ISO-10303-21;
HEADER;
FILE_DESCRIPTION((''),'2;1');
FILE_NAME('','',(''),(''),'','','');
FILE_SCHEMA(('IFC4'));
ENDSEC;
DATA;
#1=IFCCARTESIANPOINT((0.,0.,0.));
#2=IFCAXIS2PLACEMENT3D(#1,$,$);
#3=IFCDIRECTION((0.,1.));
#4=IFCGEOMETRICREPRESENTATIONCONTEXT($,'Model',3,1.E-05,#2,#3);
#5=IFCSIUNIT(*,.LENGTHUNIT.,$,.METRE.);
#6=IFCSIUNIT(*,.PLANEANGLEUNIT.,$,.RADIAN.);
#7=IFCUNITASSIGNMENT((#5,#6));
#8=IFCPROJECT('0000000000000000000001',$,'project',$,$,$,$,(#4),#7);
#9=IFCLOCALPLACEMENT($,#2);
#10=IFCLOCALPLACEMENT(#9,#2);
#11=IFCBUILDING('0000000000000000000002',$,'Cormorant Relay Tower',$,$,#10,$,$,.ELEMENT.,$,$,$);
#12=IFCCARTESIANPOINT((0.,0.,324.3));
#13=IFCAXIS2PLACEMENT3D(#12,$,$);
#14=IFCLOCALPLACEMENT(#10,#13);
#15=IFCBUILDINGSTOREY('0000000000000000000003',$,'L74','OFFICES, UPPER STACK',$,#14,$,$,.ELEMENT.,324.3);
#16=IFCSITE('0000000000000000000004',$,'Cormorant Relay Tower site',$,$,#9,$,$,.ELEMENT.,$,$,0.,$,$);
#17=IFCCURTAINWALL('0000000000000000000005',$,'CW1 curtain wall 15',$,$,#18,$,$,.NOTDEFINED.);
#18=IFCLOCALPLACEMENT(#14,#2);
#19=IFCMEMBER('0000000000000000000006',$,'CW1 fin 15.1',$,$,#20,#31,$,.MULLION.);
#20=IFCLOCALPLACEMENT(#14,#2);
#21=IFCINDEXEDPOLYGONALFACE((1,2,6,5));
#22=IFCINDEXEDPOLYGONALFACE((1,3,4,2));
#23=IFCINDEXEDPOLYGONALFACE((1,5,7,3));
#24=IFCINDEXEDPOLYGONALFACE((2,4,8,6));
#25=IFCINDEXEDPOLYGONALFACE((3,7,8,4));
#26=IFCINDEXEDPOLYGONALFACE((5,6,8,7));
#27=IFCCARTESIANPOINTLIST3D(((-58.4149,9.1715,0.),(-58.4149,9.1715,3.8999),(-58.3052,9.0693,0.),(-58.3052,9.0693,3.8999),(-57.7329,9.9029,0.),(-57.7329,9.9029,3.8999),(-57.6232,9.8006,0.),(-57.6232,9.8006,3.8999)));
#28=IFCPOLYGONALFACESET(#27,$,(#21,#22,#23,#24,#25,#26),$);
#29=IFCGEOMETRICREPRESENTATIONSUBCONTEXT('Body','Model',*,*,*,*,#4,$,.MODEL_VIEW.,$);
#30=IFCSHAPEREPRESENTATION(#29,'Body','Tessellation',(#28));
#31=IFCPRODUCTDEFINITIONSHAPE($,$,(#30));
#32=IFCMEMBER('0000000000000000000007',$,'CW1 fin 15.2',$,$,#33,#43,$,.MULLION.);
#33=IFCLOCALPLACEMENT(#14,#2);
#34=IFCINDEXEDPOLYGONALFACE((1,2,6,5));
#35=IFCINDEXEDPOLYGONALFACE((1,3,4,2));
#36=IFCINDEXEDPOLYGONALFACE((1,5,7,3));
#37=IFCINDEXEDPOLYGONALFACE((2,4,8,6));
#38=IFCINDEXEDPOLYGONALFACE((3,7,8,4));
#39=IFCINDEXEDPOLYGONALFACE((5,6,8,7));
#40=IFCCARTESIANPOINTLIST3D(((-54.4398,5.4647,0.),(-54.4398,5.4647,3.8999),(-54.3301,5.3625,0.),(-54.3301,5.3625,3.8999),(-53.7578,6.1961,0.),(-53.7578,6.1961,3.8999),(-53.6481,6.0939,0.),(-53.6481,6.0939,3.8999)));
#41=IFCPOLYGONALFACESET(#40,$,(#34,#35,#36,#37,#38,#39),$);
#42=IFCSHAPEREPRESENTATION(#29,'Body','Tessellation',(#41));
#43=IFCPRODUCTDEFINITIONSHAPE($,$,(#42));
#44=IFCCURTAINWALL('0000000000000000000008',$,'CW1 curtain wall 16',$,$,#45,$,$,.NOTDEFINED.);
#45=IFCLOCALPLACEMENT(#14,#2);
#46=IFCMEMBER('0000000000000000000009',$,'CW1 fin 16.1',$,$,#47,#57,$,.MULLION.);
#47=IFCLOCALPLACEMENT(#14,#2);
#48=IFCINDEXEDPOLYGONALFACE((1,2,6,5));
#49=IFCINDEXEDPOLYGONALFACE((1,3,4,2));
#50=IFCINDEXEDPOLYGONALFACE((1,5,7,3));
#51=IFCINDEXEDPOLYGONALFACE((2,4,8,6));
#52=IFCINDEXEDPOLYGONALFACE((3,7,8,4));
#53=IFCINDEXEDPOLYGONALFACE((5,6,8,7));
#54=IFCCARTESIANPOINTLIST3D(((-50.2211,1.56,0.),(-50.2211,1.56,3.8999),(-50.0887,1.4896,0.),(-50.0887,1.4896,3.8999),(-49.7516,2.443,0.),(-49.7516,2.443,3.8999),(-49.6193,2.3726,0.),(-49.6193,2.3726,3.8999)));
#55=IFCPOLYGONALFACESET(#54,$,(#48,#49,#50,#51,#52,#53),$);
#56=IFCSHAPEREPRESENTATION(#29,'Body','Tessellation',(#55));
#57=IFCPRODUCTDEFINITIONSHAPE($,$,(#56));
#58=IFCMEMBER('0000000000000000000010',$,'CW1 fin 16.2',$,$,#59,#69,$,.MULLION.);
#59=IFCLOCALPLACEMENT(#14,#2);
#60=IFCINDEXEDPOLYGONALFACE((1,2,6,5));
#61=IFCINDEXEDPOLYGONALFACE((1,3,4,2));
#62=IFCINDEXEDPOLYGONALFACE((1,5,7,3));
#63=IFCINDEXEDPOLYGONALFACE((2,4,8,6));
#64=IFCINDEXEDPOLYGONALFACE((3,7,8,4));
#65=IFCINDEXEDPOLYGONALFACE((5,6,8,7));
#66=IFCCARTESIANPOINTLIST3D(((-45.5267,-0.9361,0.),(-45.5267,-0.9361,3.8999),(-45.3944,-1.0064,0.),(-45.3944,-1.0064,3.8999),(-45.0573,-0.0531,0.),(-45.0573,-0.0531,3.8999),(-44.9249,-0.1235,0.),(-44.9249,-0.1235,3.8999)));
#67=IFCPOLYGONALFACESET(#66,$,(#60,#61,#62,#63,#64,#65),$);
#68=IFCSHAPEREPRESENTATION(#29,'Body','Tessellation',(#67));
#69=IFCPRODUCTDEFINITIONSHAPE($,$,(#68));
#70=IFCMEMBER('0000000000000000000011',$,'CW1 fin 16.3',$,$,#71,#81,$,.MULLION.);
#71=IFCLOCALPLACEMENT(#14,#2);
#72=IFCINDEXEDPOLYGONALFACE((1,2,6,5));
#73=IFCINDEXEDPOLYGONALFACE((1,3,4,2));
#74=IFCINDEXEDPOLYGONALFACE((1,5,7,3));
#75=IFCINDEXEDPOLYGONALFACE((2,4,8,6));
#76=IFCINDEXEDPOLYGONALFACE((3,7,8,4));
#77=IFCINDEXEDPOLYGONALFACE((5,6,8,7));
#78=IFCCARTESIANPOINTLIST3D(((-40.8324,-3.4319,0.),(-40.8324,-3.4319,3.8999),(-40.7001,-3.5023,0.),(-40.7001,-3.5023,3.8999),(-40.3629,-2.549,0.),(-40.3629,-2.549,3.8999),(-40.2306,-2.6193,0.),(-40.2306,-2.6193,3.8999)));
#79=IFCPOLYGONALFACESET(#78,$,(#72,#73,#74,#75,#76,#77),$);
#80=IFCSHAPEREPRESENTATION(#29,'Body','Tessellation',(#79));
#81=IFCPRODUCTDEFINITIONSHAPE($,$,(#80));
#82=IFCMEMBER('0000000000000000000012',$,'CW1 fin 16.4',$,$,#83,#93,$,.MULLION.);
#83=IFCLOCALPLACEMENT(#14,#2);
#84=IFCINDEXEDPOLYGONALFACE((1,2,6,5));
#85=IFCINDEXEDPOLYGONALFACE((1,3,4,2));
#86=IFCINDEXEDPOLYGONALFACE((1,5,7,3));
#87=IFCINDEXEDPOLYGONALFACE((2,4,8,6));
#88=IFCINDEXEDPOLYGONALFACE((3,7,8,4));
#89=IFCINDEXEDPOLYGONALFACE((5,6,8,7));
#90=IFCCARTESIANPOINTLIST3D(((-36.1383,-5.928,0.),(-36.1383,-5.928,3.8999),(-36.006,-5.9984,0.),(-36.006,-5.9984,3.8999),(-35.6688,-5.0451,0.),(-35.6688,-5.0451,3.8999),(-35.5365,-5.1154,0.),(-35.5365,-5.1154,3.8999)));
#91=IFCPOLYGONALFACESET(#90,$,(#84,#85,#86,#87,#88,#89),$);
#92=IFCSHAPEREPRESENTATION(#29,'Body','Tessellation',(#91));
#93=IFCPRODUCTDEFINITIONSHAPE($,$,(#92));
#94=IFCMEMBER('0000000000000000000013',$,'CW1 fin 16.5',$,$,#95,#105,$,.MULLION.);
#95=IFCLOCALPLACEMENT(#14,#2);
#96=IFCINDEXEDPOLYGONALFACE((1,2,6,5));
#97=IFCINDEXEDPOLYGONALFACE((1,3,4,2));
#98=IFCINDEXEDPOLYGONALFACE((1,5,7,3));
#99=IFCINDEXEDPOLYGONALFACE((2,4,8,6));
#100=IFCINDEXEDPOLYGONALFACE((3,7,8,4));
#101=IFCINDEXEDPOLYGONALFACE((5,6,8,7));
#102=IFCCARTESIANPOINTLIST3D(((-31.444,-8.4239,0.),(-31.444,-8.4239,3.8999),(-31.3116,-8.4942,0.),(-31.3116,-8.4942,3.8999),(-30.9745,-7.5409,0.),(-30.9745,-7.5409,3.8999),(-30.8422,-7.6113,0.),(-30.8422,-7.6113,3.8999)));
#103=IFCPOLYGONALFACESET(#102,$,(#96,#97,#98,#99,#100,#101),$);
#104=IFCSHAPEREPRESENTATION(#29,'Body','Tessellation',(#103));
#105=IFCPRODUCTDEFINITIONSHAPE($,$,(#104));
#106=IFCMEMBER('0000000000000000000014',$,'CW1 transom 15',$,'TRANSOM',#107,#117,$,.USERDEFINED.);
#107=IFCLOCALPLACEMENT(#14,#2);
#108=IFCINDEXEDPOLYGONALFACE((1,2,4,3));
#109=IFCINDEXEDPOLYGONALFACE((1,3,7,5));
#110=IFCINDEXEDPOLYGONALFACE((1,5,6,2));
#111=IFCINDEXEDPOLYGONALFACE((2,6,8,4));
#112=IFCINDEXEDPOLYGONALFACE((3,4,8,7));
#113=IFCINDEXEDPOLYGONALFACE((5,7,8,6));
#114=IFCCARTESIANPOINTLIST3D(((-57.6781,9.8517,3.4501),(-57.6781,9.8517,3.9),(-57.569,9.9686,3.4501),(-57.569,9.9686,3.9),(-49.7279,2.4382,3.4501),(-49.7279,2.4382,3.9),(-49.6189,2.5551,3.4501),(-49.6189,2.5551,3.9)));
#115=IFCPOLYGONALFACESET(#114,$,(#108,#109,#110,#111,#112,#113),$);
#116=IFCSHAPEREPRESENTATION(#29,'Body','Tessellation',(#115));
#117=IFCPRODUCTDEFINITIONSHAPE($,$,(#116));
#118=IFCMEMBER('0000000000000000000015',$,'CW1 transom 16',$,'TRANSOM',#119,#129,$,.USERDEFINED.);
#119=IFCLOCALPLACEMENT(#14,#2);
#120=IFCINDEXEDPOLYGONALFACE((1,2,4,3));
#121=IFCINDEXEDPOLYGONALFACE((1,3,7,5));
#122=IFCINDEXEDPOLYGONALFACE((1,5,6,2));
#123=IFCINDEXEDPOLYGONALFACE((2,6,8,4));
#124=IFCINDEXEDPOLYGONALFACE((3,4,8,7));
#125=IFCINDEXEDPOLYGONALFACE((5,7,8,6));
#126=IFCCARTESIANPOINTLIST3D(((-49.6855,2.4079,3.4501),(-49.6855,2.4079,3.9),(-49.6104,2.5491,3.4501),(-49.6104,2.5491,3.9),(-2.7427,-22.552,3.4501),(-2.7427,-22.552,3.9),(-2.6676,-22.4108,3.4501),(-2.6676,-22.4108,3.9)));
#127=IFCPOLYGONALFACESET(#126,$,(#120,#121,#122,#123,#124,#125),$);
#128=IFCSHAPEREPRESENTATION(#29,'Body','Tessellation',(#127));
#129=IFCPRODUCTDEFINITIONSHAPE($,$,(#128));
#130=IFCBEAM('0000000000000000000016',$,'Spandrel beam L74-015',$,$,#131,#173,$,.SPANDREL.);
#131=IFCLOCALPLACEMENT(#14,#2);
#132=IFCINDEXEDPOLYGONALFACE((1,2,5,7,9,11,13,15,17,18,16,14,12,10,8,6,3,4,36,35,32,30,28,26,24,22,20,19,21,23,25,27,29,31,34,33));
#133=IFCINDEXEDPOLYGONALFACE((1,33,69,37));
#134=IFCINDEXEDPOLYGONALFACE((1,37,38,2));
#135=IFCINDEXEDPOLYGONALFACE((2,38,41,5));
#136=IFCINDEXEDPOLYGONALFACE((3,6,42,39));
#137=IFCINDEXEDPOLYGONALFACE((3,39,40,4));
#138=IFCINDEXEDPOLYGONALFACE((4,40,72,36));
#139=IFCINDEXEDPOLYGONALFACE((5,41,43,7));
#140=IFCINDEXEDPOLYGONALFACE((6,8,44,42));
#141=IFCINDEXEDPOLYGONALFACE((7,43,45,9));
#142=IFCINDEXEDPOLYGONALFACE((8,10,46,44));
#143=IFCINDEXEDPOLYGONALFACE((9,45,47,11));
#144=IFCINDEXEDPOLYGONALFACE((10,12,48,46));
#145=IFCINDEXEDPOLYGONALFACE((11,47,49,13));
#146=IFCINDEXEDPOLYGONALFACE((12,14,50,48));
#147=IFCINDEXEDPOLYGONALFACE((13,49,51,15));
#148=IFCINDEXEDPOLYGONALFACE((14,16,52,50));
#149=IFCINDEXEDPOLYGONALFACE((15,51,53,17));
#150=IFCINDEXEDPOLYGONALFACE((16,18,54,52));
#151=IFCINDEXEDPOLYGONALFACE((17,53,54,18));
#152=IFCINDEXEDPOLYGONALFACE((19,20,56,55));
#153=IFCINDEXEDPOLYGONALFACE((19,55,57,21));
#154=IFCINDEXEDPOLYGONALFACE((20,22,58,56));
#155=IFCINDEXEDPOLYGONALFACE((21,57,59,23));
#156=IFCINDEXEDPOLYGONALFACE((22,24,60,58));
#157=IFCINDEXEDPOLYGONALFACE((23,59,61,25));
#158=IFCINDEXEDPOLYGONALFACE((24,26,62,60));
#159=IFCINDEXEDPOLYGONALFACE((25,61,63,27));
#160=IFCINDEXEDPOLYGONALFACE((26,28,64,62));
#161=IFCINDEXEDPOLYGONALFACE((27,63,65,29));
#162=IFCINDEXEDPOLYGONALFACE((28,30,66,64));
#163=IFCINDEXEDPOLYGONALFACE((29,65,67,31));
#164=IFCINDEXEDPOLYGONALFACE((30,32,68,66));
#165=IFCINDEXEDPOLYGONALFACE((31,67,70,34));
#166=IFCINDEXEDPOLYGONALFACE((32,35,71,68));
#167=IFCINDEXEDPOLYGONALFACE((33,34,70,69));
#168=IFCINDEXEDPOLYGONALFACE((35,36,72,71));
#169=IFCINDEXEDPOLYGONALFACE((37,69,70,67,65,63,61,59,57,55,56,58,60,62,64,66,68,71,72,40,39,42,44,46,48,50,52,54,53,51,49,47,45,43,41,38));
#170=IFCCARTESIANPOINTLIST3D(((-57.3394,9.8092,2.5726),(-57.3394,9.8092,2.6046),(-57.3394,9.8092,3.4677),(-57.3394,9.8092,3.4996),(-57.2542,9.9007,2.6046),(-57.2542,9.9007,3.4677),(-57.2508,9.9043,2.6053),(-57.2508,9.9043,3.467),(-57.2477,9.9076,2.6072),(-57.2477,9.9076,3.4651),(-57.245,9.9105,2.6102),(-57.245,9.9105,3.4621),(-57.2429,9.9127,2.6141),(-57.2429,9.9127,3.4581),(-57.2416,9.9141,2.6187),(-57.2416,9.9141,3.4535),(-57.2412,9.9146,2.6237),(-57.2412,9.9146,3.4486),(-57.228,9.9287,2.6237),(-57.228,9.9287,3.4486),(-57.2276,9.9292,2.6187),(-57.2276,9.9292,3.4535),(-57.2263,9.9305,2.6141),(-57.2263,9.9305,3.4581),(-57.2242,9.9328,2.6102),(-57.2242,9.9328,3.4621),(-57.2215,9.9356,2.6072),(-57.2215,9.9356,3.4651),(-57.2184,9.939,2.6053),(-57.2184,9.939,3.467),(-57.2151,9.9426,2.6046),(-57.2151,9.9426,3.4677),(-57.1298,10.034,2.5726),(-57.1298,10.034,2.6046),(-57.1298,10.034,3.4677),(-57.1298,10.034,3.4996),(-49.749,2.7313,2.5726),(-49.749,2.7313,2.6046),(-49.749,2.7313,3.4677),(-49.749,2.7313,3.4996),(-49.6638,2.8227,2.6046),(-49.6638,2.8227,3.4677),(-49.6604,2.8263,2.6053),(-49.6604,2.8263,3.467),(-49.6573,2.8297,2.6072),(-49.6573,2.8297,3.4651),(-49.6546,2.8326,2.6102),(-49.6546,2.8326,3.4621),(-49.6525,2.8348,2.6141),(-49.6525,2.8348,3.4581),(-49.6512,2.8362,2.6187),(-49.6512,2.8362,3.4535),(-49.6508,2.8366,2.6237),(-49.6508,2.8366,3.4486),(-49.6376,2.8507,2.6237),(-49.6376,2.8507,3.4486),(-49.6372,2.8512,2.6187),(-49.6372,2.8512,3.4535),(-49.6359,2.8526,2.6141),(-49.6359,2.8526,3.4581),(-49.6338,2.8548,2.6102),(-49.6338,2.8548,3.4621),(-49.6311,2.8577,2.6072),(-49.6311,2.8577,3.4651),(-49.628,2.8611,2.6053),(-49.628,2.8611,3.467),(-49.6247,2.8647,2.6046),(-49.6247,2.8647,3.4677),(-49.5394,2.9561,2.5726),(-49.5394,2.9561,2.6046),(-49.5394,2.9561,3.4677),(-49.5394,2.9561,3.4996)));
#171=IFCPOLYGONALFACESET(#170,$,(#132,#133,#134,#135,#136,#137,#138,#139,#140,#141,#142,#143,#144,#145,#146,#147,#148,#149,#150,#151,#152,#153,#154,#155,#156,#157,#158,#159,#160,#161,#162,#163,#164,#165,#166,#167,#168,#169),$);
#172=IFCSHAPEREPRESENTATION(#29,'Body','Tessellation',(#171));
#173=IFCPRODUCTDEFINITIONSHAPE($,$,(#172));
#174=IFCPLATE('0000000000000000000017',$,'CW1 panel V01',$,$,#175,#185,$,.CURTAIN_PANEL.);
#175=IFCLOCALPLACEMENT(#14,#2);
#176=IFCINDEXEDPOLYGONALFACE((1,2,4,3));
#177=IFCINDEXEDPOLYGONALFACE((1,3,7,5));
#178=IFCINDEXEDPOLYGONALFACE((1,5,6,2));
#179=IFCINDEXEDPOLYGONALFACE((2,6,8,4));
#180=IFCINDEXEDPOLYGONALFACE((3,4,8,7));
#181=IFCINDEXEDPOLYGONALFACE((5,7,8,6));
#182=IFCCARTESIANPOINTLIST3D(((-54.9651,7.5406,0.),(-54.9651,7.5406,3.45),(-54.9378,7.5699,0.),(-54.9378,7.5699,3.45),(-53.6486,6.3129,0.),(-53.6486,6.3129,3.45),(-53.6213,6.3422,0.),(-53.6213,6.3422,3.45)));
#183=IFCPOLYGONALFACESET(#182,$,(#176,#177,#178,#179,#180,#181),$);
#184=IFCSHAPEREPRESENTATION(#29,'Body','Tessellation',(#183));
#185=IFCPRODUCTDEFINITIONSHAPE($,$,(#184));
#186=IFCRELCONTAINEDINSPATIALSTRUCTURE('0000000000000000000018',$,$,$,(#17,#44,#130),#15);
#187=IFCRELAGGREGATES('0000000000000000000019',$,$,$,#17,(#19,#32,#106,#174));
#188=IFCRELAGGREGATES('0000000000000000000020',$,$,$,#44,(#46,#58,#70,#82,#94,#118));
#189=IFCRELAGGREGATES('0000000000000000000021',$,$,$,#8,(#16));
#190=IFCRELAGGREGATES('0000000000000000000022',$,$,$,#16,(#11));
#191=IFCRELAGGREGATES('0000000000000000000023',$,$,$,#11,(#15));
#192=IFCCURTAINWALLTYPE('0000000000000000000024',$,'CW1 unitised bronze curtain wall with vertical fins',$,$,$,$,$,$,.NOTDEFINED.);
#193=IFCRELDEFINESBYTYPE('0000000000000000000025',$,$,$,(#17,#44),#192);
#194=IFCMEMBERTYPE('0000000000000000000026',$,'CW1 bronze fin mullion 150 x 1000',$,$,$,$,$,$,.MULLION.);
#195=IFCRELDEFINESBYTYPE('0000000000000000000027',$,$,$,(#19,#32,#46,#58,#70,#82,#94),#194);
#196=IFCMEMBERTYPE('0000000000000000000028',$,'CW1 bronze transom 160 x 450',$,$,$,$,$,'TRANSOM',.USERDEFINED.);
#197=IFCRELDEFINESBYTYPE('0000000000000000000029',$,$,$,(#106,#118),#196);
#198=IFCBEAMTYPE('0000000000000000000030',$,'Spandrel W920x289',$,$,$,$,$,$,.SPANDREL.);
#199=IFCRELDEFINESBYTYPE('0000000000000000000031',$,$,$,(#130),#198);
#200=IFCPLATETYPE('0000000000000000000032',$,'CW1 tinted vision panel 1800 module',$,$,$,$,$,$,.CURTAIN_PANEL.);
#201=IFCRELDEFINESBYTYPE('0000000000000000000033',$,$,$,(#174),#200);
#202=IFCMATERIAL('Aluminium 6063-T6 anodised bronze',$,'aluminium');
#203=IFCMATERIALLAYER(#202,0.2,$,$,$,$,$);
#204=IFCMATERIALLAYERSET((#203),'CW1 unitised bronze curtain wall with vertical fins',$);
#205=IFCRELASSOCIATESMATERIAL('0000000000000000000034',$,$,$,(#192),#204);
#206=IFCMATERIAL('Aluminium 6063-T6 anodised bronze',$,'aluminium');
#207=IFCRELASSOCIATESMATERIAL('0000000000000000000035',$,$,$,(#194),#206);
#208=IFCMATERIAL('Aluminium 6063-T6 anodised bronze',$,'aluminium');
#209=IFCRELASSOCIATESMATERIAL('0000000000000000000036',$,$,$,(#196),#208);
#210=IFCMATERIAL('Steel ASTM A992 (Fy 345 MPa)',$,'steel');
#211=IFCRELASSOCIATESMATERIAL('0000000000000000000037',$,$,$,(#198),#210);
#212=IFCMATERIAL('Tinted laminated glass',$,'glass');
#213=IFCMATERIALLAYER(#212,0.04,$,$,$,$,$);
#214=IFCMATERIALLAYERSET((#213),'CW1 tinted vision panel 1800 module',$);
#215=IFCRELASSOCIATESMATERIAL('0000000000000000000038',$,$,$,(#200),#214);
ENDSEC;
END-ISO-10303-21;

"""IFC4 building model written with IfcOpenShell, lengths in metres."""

from ifc_helpers import new_model, si_unit, direction, frame, origin, origin_2d, place, context, subcontext, project, spatial, rectangle, i_section, extrude, material, layer, layer_set, material_profile, profile_set, type_object, element, aggregate, save


model = new_model("IFC4")

# Units and contexts
model_context = context("Model", 3, precision=1e-05, world=origin(), true_north=direction((0.0, 1.0)))
body_context = subcontext(model_context, "Body", "Model", "MODEL_VIEW")
ifc_project = project(units=[si_unit("LENGTHUNIT", "METRE"), si_unit("PLANEANGLEUNIT", "RADIAN")], contexts=[model_context])

# Site, building, storey
site_placement = place(None, origin())
site = spatial("IfcSite", under=ifc_project, at=site_placement, Name="Cormorant Relay Tower site", CompositionType="ELEMENT", RefElevation=0.0)
building_placement = place(site_placement, origin())
building = spatial("IfcBuilding", under=site, at=building_placement, Name="Cormorant Relay Tower", CompositionType="ELEMENT")
storey_placement = place(building_placement, frame((0.0, 0.0, 324.3)))
storey = spatial("IfcBuildingStorey", under=building, at=storey_placement, Name="L74", Description="OFFICES, UPPER STACK", CompositionType="ELEMENT", Elevation=324.3)

# Curtain walls, members
ifc_material_1 = material(Name="Aluminium 6063-T6 anodised bronze", Category="aluminium")
ifc_layer_1 = layer(ifc_material_1, 0.2)
ifc_layer_set_1 = layer_set([ifc_layer_1], Name="CW1 unitised bronze curtain wall with vertical fins")
curtain_wall_type = type_object("IfcCurtainWallType", Name="CW1 unitised bronze curtain wall with vertical fins", PredefinedType="NOTDEFINED", material=ifc_layer_set_1)
curtain_wall_1_placement = place(storey_placement, origin())
curtain_wall_1 = element("IfcCurtainWall", 1, at=curtain_wall_1_placement, inside=storey, type_object=curtain_wall_type, Name="CW1 curtain wall 15", PredefinedType="NOTDEFINED")
ifc_material_2 = material(Name="Aluminium 6063-T6 anodised bronze", Category="aluminium")
ifc_material_profile_1 = material_profile(ifc_material_2, rectangle(XDim=0.1499, YDim=1.0, at=origin_2d()), Name="AL 150x1000")
ifc_profile_set_1 = profile_set([ifc_material_profile_1], Name="Aluminium 6063-T6 anodised bronze")
member_type_1 = type_object("IfcMemberType", Name="CW1 bronze fin mullion 150 x 1000", PredefinedType="MULLION", material=ifc_profile_set_1)
member_1_placement = place(storey_placement, frame((-58.019, 9.4861, 0.0), z_axis=(0.0, 0.0, 1.0), x_axis=(0.731354, -0.681998, 0.0)))
member_1 = element("IfcMember", 2, at=member_1_placement, type_object=member_type_1, Name="CW1 fin 15.1", PredefinedType="MULLION", context=body_context, shape_type="SweptSolid", body=[
    extrude(rectangle(XDim=0.1499, YDim=1.0, at=origin_2d()), origin(), (0.0, 0.0, 1.0), 3.8999),
])
member_2_placement = place(storey_placement, frame((-54.0439, 5.7793, 0.0), z_axis=(0.0, 0.0, 1.0), x_axis=(0.731354, -0.681998, 0.0)))
member_2 = element("IfcMember", 3, at=member_2_placement, type_object=member_type_1, Name="CW1 fin 15.2", PredefinedType="MULLION", context=body_context, shape_type="SweptSolid", body=[
    extrude(rectangle(XDim=0.1499, YDim=1.0, at=origin_2d()), origin(), (0.0, 0.0, 1.0), 3.8999),
])
curtain_wall_2_placement = place(storey_placement, origin())
curtain_wall_2 = element("IfcCurtainWall", 4, at=curtain_wall_2_placement, inside=storey, type_object=curtain_wall_type, Name="CW1 curtain wall 16", PredefinedType="NOTDEFINED")
member_3_placement = place(storey_placement, frame((-49.9202, 1.9663, 0.0), z_axis=(0.0, 0.0, 1.0), x_axis=(0.882948, -0.469472, 0.0)))
member_3 = element("IfcMember", 5, at=member_3_placement, type_object=member_type_1, Name="CW1 fin 16.1", PredefinedType="MULLION", context=body_context, shape_type="SweptSolid", body=[
    extrude(rectangle(XDim=0.1499, YDim=1.0, at=origin_2d()), origin(), (0.0, 0.0, 1.0), 3.8999),
])
member_4_placement = place(storey_placement, frame((-45.2258, -0.5298, 0.0), z_axis=(0.0, 0.0, 1.0), x_axis=(0.882948, -0.469472, 0.0)))
member_4 = element("IfcMember", 6, at=member_4_placement, type_object=member_type_1, Name="CW1 fin 16.2", PredefinedType="MULLION", context=body_context, shape_type="SweptSolid", body=[
    extrude(rectangle(XDim=0.1499, YDim=1.0, at=origin_2d()), origin(), (0.0, 0.0, 1.0), 3.8999),
])
member_5_placement = place(storey_placement, frame((-40.5315, -3.0256, 0.0), z_axis=(0.0, 0.0, 1.0), x_axis=(0.882948, -0.469472, 0.0)))
member_5 = element("IfcMember", 7, at=member_5_placement, type_object=member_type_1, Name="CW1 fin 16.3", PredefinedType="MULLION", context=body_context, shape_type="SweptSolid", body=[
    extrude(rectangle(XDim=0.1499, YDim=1.0, at=origin_2d()), origin(), (0.0, 0.0, 1.0), 3.8999),
])
member_6_placement = place(storey_placement, frame((-35.8374, -5.5217, 0.0), z_axis=(0.0, 0.0, 1.0), x_axis=(0.882948, -0.469472, 0.0)))
member_6 = element("IfcMember", 8, at=member_6_placement, type_object=member_type_1, Name="CW1 fin 16.4", PredefinedType="MULLION", context=body_context, shape_type="SweptSolid", body=[
    extrude(rectangle(XDim=0.1499, YDim=1.0, at=origin_2d()), origin(), (0.0, 0.0, 1.0), 3.8999),
])
member_7_placement = place(storey_placement, frame((-31.1431, -8.0176, 0.0), z_axis=(0.0, 0.0, 1.0), x_axis=(0.882948, -0.469472, 0.0)))
member_7 = element("IfcMember", 9, at=member_7_placement, type_object=member_type_1, Name="CW1 fin 16.5", PredefinedType="MULLION", context=body_context, shape_type="SweptSolid", body=[
    extrude(rectangle(XDim=0.1499, YDim=1.0, at=origin_2d()), origin(), (0.0, 0.0, 1.0), 3.8999),
])

# Members
ifc_material_3 = material(Name="Aluminium 6063-T6 anodised bronze", Category="aluminium")
ifc_material_profile_2 = material_profile(ifc_material_3, rectangle(XDim=0.1599, YDim=0.45, at=origin_2d()), Name="AL 160x450")
ifc_profile_set_2 = profile_set([ifc_material_profile_2], Name="Aluminium 6063-T6 anodised bronze")
member_type_2 = type_object("IfcMemberType", Name="CW1 bronze transom 160 x 450", ElementType="TRANSOM", PredefinedType="USERDEFINED", material=ifc_profile_set_2)
member_8_placement = place(storey_placement, frame((-57.6235, 9.9102, 3.675), z_axis=(0.731358, -0.681993, 0.0), x_axis=(0.681993, 0.731358, 0.0)))
member_8 = element("IfcMember", 10, at=member_8_placement, type_object=member_type_2, Name="CW1 transom 15", ObjectType="TRANSOM", PredefinedType="USERDEFINED", context=body_context, shape_type="SweptSolid", body=[
    extrude(rectangle(XDim=0.1599, YDim=0.45, at=origin_2d()), origin(), (0.0, 0.0, 1.0), 10.8704),
])
member_9_placement = place(storey_placement, frame((-49.6479, 2.4785, 3.675), z_axis=(0.882948, -0.469471, 0.0), x_axis=(0.469471, 0.882948, 0.0)))
member_9 = element("IfcMember", 11, at=member_9_placement, type_object=member_type_2, Name="CW1 transom 16", ObjectType="TRANSOM", PredefinedType="USERDEFINED", context=body_context, shape_type="SweptSolid", body=[
    extrude(rectangle(XDim=0.1599, YDim=0.45, at=origin_2d()), origin(), (0.0, 0.0, 1.0), 53.166),
])

# Beam
ifc_material_4 = material(Name="Steel ASTM A992 (Fy 345 MPa)", Category="steel")
ifc_material_profile_3 = material_profile(ifc_material_4, i_section(OverallWidth=0.3074, OverallDepth=0.927, WebThickness=0.0193, FlangeThickness=0.032, FilletRadius=0.019, at=origin_2d()), Name="W920x289")
ifc_profile_set_3 = profile_set([ifc_material_profile_3], Name="Steel ASTM A992 (Fy 345 MPa)")
beam_type = type_object("IfcBeamType", Name="Spandrel W920x289", PredefinedType="SPANDREL", material=ifc_profile_set_3)
beam_placement = place(storey_placement, frame((-57.2346, 9.9216, 3.0361), z_axis=(0.731364, -0.681987, 0.0), x_axis=(0.681987, 0.731364, 0.0)))
element("IfcBeam", 12, at=beam_placement, inside=storey, type_object=beam_type, Name="Spandrel beam L74-015", PredefinedType="SPANDREL", context=body_context, shape_type="SweptSolid", body=[
    extrude(i_section(OverallWidth=0.3074, OverallDepth=0.927, WebThickness=0.0193, FlangeThickness=0.032, FilletRadius=0.019, at=origin_2d()), origin(), (0.0, 0.0, 1.0), 10.3784),
])

# Plate
ifc_material_5 = material(Name="Tinted laminated glass", Category="glass")
ifc_layer_2 = layer(ifc_material_5, 0.04)
ifc_layer_set_2 = layer_set([ifc_layer_2], Name="CW1 tinted vision panel 1800 module")
plate_type_1 = type_object("IfcPlateType", Name="CW1 tinted vision panel 1800 module", PredefinedType="CURTAIN_PANEL", material=ifc_layer_set_2)
plate_1_placement = place(storey_placement, frame((-54.2932, 6.9414, 0.0), z_axis=(0.0, 0.0, 1.0), x_axis=(0.731354, -0.681998, 0.0)))
plate_1 = element("IfcPlate", 13, at=plate_1_placement, type_object=plate_type_1, Name="CW1 panel V01", PredefinedType="CURTAIN_PANEL", context=body_context, shape_type="SweptSolid", body=[
    extrude(rectangle(XDim=1.8, YDim=0.04, at=origin_2d()), origin(), (0.0, 0.0, 1.0), 3.45),
])

aggregate(curtain_wall_1, [member_1, member_2, member_8, plate_1])
aggregate(curtain_wall_2, [member_3, member_4, member_5, member_6, member_7, member_9])

save(model, "model.ifc")
